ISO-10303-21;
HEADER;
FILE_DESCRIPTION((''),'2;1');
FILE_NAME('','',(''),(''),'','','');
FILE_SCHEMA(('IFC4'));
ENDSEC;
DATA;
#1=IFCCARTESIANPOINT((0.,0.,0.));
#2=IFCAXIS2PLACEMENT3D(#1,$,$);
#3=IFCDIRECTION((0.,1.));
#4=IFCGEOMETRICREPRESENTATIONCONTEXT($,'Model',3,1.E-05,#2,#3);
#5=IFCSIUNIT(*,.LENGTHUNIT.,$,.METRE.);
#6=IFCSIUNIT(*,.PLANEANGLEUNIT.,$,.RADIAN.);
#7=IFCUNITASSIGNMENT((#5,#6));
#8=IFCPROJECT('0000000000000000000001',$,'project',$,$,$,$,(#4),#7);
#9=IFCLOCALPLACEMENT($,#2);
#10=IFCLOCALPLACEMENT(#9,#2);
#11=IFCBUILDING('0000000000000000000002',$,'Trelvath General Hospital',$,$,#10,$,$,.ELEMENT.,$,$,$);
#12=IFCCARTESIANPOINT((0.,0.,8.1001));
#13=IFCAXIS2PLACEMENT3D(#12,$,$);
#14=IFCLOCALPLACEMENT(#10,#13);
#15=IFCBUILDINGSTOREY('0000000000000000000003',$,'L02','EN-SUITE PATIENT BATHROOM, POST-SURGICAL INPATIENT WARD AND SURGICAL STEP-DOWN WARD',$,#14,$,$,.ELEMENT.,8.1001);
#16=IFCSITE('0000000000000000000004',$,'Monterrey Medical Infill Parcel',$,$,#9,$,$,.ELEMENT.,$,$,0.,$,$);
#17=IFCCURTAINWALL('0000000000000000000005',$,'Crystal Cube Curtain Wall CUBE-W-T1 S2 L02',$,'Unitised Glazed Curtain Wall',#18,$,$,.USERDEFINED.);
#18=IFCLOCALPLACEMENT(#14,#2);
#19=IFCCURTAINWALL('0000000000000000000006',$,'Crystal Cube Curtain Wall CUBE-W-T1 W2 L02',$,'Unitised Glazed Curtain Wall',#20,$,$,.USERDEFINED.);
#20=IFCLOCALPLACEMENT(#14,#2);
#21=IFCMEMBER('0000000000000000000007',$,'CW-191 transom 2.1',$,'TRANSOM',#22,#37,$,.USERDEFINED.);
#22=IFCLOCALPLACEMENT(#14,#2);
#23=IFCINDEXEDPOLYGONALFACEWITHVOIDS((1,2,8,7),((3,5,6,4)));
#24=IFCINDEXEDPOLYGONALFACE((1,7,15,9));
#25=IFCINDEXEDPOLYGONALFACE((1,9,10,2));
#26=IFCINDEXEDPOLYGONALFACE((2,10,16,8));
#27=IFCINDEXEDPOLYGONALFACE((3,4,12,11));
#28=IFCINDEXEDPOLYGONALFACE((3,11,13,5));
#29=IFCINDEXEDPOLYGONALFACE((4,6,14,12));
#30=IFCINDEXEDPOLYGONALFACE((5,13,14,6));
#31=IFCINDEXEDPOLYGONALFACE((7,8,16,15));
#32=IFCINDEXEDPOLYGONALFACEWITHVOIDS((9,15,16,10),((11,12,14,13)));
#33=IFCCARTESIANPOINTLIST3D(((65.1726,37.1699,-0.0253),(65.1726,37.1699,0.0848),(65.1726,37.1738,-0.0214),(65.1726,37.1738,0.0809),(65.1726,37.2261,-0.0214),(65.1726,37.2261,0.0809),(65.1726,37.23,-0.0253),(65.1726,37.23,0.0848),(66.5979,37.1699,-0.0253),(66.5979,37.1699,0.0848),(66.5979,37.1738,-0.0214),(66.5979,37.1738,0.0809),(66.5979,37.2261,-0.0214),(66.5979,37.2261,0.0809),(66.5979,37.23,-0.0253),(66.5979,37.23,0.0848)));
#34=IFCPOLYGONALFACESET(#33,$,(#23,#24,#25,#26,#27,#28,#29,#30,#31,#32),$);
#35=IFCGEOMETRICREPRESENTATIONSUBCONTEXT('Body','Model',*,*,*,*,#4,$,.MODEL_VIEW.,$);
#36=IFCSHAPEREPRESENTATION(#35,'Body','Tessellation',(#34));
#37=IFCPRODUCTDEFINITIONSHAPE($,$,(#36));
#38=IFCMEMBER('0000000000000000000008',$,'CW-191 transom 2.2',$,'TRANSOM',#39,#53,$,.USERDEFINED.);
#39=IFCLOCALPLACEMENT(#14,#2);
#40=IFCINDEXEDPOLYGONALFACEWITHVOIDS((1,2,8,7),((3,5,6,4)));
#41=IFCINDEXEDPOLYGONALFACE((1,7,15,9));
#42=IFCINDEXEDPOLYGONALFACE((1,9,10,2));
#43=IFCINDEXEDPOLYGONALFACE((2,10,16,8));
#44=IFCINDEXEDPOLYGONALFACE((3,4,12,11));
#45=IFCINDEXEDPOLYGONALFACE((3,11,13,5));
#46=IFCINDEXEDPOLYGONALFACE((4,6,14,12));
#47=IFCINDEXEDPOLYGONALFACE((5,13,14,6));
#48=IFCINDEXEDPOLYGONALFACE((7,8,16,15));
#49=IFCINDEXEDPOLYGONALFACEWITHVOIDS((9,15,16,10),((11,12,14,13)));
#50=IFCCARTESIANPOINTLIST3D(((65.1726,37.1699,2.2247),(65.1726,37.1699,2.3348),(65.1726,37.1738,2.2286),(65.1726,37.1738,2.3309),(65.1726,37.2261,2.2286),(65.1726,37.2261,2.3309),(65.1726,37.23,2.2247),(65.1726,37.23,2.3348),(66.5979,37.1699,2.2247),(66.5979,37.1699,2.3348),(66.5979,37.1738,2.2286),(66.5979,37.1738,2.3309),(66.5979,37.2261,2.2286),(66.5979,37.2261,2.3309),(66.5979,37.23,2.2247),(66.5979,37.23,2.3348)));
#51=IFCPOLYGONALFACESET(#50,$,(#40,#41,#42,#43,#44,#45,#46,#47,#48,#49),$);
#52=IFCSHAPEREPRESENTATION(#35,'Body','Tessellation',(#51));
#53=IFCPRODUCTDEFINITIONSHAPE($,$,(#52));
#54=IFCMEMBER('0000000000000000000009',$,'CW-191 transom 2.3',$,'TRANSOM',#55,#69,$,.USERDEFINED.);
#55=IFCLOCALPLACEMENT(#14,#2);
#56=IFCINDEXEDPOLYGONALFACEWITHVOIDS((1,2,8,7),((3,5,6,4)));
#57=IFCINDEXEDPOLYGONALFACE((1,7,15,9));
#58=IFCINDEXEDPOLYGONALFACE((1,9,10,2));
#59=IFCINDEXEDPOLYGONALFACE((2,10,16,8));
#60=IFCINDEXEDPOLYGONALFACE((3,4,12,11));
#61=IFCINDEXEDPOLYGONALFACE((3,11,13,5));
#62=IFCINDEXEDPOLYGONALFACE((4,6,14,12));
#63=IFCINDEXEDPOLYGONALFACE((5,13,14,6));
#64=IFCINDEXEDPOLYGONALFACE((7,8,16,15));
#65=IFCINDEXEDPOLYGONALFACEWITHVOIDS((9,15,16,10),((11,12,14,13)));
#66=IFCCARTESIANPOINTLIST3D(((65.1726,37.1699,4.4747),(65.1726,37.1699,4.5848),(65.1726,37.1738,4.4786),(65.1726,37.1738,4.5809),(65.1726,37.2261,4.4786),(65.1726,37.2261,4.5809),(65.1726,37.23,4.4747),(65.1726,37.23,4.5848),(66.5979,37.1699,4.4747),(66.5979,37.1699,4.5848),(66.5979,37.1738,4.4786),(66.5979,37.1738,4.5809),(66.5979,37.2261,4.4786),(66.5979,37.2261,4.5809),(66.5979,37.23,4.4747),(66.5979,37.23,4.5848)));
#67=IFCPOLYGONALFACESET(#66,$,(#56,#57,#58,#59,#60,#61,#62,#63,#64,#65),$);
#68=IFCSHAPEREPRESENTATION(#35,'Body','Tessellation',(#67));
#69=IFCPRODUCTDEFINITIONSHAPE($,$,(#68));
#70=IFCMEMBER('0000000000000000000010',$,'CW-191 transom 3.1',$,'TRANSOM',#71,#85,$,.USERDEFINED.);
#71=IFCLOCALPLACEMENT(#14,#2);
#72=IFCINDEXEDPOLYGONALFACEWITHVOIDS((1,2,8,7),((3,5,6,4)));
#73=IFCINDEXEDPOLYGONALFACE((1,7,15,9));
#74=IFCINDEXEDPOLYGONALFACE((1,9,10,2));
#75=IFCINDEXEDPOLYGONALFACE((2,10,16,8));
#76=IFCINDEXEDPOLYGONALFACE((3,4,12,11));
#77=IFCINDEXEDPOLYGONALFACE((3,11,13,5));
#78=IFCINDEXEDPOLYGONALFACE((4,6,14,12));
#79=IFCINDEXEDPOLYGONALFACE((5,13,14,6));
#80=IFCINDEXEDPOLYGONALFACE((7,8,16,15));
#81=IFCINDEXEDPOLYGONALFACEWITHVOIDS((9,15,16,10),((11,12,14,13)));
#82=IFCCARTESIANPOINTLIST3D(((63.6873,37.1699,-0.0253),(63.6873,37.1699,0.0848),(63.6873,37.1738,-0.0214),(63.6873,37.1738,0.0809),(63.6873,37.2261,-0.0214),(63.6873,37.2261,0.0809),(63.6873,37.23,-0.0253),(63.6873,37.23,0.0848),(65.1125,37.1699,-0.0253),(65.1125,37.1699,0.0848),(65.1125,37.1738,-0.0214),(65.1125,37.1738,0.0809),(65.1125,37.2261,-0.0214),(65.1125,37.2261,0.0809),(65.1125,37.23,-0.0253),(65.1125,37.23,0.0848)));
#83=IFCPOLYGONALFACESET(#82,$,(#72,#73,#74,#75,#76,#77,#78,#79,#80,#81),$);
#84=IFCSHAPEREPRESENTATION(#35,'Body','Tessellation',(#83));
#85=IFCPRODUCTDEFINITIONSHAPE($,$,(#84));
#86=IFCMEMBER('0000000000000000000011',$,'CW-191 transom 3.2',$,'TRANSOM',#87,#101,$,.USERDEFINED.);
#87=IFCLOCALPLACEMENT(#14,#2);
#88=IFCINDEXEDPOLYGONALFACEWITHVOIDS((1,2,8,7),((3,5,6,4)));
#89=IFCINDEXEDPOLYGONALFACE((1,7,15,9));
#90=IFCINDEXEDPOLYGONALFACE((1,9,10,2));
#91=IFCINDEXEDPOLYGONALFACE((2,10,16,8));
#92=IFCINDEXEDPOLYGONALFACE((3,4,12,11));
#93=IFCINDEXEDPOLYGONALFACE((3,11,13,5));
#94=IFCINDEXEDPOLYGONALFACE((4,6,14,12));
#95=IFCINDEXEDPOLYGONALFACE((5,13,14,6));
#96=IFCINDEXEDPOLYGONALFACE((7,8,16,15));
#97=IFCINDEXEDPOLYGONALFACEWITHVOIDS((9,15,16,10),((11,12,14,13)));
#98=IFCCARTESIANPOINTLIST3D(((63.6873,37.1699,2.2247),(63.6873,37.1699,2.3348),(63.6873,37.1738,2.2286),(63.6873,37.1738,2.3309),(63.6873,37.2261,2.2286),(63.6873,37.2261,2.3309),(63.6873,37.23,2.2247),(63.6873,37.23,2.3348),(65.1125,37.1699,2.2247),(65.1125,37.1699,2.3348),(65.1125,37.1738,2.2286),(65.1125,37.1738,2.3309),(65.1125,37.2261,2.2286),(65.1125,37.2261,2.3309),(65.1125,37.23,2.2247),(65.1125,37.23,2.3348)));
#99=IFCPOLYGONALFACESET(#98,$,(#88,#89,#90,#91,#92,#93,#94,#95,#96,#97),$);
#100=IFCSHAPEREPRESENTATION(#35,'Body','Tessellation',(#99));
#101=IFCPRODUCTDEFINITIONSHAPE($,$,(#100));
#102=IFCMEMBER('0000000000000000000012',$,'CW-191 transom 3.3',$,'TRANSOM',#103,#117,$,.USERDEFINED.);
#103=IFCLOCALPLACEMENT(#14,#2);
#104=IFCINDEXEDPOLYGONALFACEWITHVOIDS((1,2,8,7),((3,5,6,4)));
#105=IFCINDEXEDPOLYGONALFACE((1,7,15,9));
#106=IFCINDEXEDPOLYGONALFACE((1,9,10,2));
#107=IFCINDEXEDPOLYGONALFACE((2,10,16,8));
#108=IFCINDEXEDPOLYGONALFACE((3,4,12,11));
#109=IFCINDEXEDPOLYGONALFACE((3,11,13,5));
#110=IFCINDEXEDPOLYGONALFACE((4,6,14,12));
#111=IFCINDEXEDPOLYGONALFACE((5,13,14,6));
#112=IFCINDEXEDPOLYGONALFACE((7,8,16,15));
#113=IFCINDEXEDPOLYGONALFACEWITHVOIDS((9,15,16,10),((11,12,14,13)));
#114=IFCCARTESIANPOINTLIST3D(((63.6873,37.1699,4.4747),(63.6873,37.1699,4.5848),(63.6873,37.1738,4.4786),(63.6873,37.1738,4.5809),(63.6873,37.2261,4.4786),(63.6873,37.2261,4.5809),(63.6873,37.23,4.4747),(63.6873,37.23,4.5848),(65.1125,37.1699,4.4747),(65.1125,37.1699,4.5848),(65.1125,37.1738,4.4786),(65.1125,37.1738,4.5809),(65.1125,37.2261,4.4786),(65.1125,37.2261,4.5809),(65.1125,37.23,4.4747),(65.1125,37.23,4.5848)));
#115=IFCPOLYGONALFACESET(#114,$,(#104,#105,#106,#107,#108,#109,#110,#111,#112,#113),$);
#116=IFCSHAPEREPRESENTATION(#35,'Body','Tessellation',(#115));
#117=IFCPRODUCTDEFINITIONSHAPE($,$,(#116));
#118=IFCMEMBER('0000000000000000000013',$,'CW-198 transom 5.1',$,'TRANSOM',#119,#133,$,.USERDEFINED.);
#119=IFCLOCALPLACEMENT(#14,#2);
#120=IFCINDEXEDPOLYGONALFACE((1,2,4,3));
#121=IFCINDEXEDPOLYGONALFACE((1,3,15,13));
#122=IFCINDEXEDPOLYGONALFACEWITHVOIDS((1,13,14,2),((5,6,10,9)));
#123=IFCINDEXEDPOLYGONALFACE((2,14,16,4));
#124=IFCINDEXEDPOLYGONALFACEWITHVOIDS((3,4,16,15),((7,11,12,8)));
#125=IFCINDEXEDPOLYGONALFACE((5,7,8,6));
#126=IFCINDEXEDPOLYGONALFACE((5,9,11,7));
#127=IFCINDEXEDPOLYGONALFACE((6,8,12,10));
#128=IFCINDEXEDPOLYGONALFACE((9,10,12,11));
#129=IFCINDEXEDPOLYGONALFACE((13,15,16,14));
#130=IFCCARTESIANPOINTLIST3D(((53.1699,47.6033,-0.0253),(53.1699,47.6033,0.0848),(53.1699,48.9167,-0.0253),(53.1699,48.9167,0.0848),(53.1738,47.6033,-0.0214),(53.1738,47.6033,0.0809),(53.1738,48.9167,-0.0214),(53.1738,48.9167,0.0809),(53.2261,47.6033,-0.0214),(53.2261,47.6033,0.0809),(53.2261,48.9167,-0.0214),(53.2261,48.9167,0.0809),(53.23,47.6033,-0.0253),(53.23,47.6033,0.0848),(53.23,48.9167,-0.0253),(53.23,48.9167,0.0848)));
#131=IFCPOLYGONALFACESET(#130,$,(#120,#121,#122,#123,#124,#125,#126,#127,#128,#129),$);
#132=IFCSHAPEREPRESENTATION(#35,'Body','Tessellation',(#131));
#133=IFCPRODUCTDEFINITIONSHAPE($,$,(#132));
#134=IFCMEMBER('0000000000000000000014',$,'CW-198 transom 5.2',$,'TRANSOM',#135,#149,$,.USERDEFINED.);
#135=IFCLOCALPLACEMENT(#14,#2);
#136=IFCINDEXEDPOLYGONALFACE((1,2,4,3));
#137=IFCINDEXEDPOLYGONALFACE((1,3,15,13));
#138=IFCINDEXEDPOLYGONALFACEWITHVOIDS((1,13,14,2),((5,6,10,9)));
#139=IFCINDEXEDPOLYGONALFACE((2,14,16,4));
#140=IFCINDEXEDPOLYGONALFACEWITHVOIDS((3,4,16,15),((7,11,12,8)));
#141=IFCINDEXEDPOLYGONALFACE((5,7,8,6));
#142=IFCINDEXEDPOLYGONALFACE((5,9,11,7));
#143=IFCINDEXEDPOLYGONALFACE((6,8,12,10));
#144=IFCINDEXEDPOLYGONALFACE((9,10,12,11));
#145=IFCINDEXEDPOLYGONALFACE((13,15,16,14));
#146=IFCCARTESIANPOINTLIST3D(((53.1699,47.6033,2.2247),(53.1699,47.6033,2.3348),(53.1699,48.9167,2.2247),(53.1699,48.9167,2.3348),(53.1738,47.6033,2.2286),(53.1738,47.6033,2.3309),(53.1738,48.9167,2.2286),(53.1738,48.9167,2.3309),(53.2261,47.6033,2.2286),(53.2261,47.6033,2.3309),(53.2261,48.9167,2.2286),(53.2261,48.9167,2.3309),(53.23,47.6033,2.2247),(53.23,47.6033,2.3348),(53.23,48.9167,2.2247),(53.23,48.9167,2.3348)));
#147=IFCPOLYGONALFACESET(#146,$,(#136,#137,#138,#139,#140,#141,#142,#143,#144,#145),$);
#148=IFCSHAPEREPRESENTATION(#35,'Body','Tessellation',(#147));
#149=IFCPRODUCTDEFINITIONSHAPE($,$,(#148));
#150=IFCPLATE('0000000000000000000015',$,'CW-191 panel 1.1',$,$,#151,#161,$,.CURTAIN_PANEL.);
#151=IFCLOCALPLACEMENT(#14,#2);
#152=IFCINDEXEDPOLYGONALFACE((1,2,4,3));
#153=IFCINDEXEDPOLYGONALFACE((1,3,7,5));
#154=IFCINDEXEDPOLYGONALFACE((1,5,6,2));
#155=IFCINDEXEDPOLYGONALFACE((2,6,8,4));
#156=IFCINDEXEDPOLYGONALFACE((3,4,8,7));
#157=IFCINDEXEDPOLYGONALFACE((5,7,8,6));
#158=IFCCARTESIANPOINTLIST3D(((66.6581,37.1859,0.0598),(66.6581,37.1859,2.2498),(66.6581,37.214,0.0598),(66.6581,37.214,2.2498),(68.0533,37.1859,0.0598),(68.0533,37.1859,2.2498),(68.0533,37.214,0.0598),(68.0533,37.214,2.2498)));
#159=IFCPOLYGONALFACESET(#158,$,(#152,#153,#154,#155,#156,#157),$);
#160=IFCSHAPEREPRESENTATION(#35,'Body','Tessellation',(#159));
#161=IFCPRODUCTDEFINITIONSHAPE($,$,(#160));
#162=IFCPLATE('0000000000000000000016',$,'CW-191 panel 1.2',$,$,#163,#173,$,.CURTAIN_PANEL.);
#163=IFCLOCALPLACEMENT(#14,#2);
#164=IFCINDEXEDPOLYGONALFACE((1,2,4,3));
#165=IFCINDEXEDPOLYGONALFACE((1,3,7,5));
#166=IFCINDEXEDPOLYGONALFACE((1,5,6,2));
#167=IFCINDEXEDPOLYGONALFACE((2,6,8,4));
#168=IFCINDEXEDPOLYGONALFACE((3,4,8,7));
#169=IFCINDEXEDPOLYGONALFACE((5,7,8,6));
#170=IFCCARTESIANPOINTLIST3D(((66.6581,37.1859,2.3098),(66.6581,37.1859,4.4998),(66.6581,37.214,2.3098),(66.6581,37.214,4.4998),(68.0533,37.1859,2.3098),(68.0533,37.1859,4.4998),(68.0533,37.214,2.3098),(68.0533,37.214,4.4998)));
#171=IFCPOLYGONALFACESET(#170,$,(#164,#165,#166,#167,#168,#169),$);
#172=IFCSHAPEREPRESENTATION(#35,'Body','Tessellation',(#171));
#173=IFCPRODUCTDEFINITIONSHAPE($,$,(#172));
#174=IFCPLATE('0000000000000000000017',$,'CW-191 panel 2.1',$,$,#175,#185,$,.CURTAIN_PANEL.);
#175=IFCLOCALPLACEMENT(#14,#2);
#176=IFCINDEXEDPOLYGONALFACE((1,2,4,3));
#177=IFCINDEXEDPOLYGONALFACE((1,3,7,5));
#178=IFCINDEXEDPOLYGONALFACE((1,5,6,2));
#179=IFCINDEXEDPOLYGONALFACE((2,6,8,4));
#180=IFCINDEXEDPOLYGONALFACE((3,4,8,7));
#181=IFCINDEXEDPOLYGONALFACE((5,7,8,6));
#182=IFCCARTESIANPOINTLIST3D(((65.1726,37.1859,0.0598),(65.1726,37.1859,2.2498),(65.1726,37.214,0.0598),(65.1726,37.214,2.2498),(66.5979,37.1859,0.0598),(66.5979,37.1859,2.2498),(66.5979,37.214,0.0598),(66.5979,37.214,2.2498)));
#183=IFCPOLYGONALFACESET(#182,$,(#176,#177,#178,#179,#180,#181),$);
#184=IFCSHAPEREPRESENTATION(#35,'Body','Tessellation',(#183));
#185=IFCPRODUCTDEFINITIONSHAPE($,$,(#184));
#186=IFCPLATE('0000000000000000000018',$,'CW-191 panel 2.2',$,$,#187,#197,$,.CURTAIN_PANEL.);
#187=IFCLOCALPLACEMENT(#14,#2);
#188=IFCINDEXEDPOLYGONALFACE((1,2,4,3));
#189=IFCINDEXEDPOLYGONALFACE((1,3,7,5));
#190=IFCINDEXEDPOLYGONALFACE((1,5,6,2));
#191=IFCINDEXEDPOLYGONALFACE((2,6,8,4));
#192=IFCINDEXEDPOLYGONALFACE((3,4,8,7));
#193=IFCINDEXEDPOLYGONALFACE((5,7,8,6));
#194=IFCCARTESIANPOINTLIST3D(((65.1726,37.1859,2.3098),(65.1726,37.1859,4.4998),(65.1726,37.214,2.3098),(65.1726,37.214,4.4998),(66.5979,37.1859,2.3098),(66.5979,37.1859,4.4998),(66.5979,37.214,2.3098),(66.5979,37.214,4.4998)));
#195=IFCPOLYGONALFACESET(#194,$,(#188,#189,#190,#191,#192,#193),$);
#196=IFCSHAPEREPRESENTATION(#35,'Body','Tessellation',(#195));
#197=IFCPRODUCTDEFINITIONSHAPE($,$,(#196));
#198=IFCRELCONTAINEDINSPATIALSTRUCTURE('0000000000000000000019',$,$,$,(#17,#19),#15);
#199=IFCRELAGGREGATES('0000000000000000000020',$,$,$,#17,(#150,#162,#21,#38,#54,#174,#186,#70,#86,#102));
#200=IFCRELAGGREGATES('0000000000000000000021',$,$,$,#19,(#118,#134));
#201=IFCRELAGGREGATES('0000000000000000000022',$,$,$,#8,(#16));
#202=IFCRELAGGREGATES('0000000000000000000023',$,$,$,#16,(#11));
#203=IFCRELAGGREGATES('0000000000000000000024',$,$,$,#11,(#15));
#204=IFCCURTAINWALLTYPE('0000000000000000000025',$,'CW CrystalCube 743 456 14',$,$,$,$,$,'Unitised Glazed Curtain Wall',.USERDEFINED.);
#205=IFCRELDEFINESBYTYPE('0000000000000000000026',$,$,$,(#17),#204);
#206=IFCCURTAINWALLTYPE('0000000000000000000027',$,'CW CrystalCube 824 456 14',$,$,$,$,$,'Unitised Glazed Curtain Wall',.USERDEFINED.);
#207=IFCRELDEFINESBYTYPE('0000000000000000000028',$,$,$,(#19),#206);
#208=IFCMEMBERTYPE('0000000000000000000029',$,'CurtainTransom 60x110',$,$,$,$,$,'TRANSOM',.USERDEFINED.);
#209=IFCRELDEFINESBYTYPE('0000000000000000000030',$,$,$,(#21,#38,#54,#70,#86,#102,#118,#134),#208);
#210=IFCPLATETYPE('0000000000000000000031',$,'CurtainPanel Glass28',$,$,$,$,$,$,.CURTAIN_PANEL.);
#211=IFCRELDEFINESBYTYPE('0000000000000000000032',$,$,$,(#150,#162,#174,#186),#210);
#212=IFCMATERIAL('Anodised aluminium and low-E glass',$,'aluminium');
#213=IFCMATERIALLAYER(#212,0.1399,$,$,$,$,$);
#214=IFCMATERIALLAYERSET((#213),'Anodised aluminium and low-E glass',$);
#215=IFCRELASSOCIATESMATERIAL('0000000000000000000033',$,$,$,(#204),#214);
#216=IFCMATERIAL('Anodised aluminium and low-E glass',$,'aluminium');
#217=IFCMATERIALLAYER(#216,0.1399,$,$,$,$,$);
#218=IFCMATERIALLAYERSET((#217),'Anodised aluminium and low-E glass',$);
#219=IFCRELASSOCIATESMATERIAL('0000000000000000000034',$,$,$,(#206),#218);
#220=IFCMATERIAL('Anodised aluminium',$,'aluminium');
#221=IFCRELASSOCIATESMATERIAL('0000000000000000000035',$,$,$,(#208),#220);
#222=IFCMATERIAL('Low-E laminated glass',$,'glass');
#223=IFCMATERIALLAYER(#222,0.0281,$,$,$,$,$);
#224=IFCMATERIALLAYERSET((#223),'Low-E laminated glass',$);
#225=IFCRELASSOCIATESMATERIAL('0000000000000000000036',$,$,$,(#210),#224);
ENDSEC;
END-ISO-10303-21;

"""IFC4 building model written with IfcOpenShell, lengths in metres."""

from ifc_helpers import new_model, si_unit, direction, frame, origin, origin_2d, place, context, subcontext, project, spatial, rectangle, hollow_rectangle, extrude, material, layer, layer_set, material_profile, profile_set, type_object, element, aggregate, save


model = new_model("IFC4")

# Units and contexts
model_context = context("Model", 3, precision=1e-05, world=origin(), true_north=direction((0.0, 1.0)))
body_context = subcontext(model_context, "Body", "Model", "MODEL_VIEW")
ifc_project = project(units=[si_unit("LENGTHUNIT", "METRE"), si_unit("PLANEANGLEUNIT", "RADIAN")], contexts=[model_context])

# Site, building, storey
site_placement = place(None, origin())
site = spatial("IfcSite", under=ifc_project, at=site_placement, Name="Monterrey Medical Infill Parcel", CompositionType="ELEMENT", RefElevation=0.0)
building_placement = place(site_placement, origin())
building = spatial("IfcBuilding", under=site, at=building_placement, Name="Trelvath General Hospital", CompositionType="ELEMENT")
storey_placement = place(building_placement, frame((0.0, 0.0, 8.1001)))
storey = spatial("IfcBuildingStorey", under=building, at=storey_placement, Name="L02", Description="EN-SUITE PATIENT BATHROOM, POST-SURGICAL INPATIENT WARD AND SURGICAL STEP-DOWN WARD", CompositionType="ELEMENT", Elevation=8.1001)

# Curtain wall
ifc_material_1 = material(Name="Anodised aluminium and low-E glass", Category="aluminium")
ifc_layer_1 = layer(ifc_material_1, 0.1399)
ifc_layer_set_1 = layer_set([ifc_layer_1], Name="Anodised aluminium and low-E glass")
curtain_wall_type_1 = type_object("IfcCurtainWallType", Name="CW CrystalCube 743 456 14", ElementType="Unitised Glazed Curtain Wall", PredefinedType="USERDEFINED", material=ifc_layer_set_1)
curtain_wall_1_placement = place(storey_placement, origin())
curtain_wall_1 = element("IfcCurtainWall", 1, at=curtain_wall_1_placement, inside=storey, type_object=curtain_wall_type_1, Name="Crystal Cube Curtain Wall CUBE-W-T1 S2 L02", ObjectType="Unitised Glazed Curtain Wall", PredefinedType="USERDEFINED")

# Curtain wall
ifc_material_2 = material(Name="Anodised aluminium and low-E glass", Category="aluminium")
ifc_layer_2 = layer(ifc_material_2, 0.1399)
ifc_layer_set_2 = layer_set([ifc_layer_2], Name="Anodised aluminium and low-E glass")
curtain_wall_type_2 = type_object("IfcCurtainWallType", Name="CW CrystalCube 824 456 14", ElementType="Unitised Glazed Curtain Wall", PredefinedType="USERDEFINED", material=ifc_layer_set_2)
curtain_wall_2_placement = place(storey_placement, origin())
curtain_wall_2 = element("IfcCurtainWall", 2, at=curtain_wall_2_placement, inside=storey, type_object=curtain_wall_type_2, Name="Crystal Cube Curtain Wall CUBE-W-T1 W2 L02", ObjectType="Unitised Glazed Curtain Wall", PredefinedType="USERDEFINED")

# Members
ifc_material_3 = material(Name="Anodised aluminium", Category="aluminium")
ifc_material_profile_1 = material_profile(ifc_material_3, hollow_rectangle(XDim=0.0601, YDim=0.1101, WallThickness=0.0039, at=origin_2d()), Name="RHS60x110x4")
ifc_profile_set_1 = profile_set([ifc_material_profile_1], Name="Anodised aluminium")
member_type_1 = type_object("IfcMemberType", Name="CurtainTransom 60x110", ElementType="TRANSOM", PredefinedType="USERDEFINED", material=ifc_profile_set_1)
member_1_placement = place(storey_placement, frame((66.5979, 37.2, 0.0298), z_axis=(-1.0, 0.0, 0.0), x_axis=(0.0, -1.0, 0.0)))
member_1 = element("IfcMember", 3, at=member_1_placement, type_object=member_type_1, Name="CW-191 transom 2.1", ObjectType="TRANSOM", PredefinedType="USERDEFINED", context=body_context, shape_type="SweptSolid", body=[
    extrude(hollow_rectangle(XDim=0.0601, YDim=0.1101, WallThickness=0.0039, at=origin_2d()), origin(), (0.0, 0.0, 1.0), 1.4253),
])
member_2_placement = place(storey_placement, frame((66.5979, 37.2, 2.2798), z_axis=(-1.0, 0.0, 0.0), x_axis=(0.0, -1.0, 0.0)))
member_2 = element("IfcMember", 4, at=member_2_placement, type_object=member_type_1, Name="CW-191 transom 2.2", ObjectType="TRANSOM", PredefinedType="USERDEFINED", context=body_context, shape_type="SweptSolid", body=[
    extrude(hollow_rectangle(XDim=0.0601, YDim=0.1101, WallThickness=0.0039, at=origin_2d()), origin(), (0.0, 0.0, 1.0), 1.4253),
])
member_3_placement = place(storey_placement, frame((66.5979, 37.2, 4.5298), z_axis=(-1.0, 0.0, 0.0), x_axis=(0.0, -1.0, 0.0)))
member_3 = element("IfcMember", 5, at=member_3_placement, type_object=member_type_1, Name="CW-191 transom 2.3", ObjectType="TRANSOM", PredefinedType="USERDEFINED", context=body_context, shape_type="SweptSolid", body=[
    extrude(hollow_rectangle(XDim=0.0601, YDim=0.1101, WallThickness=0.0039, at=origin_2d()), origin(), (0.0, 0.0, 1.0), 1.4253),
])
member_4_placement = place(storey_placement, frame((65.1125, 37.2, 0.0298), z_axis=(-1.0, 0.0, 0.0), x_axis=(0.0, -1.0, 0.0)))
member_4 = element("IfcMember", 6, at=member_4_placement, type_object=member_type_1, Name="CW-191 transom 3.1", ObjectType="TRANSOM", PredefinedType="USERDEFINED", context=body_context, shape_type="SweptSolid", body=[
    extrude(hollow_rectangle(XDim=0.0601, YDim=0.1101, WallThickness=0.0039, at=origin_2d()), origin(), (0.0, 0.0, 1.0), 1.4253),
])
member_5_placement = place(storey_placement, frame((65.1125, 37.2, 2.2798), z_axis=(-1.0, 0.0, 0.0), x_axis=(0.0, -1.0, 0.0)))
member_5 = element("IfcMember", 7, at=member_5_placement, type_object=member_type_1, Name="CW-191 transom 3.2", ObjectType="TRANSOM", PredefinedType="USERDEFINED", context=body_context, shape_type="SweptSolid", body=[
    extrude(hollow_rectangle(XDim=0.0601, YDim=0.1101, WallThickness=0.0039, at=origin_2d()), origin(), (0.0, 0.0, 1.0), 1.4253),
])
member_6_placement = place(storey_placement, frame((65.1125, 37.2, 4.5298), z_axis=(-1.0, 0.0, 0.0), x_axis=(0.0, -1.0, 0.0)))
member_6 = element("IfcMember", 8, at=member_6_placement, type_object=member_type_1, Name="CW-191 transom 3.3", ObjectType="TRANSOM", PredefinedType="USERDEFINED", context=body_context, shape_type="SweptSolid", body=[
    extrude(hollow_rectangle(XDim=0.0601, YDim=0.1101, WallThickness=0.0039, at=origin_2d()), origin(), (0.0, 0.0, 1.0), 1.4253),
])
member_7_placement = place(storey_placement, frame((53.2, 47.6033, 0.0298), z_axis=(0.0, 1.0, 0.0), x_axis=(-1.0, 0.0, 0.0)))
member_7 = element("IfcMember", 9, at=member_7_placement, type_object=member_type_1, Name="CW-198 transom 5.1", ObjectType="TRANSOM", PredefinedType="USERDEFINED", context=body_context, shape_type="SweptSolid", body=[
    extrude(hollow_rectangle(XDim=0.0601, YDim=0.1101, WallThickness=0.0039, at=origin_2d()), origin(), (0.0, 0.0, 1.0), 1.3135),
])
member_8_placement = place(storey_placement, frame((53.2, 47.6033, 2.2798), z_axis=(0.0, 1.0, 0.0), x_axis=(-1.0, 0.0, 0.0)))
member_8 = element("IfcMember", 10, at=member_8_placement, type_object=member_type_1, Name="CW-198 transom 5.2", ObjectType="TRANSOM", PredefinedType="USERDEFINED", context=body_context, shape_type="SweptSolid", body=[
    extrude(hollow_rectangle(XDim=0.0601, YDim=0.1101, WallThickness=0.0039, at=origin_2d()), origin(), (0.0, 0.0, 1.0), 1.3135),
])

# Plates
ifc_material_4 = material(Name="Low-E laminated glass", Category="glass")
ifc_layer_3 = layer(ifc_material_4, 0.0281)
ifc_layer_set_3 = layer_set([ifc_layer_3], Name="Low-E laminated glass")
plate_type = type_object("IfcPlateType", Name="CurtainPanel Glass28", PredefinedType="CURTAIN_PANEL", material=ifc_layer_set_3)
plate_1_placement = place(storey_placement, frame((67.3557, 37.2, 0.0598), z_axis=(0.0, 0.0, 1.0), x_axis=(-1.0, 0.0, 0.0)))
plate_1 = element("IfcPlate", 11, at=plate_1_placement, type_object=plate_type, Name="CW-191 panel 1.1", PredefinedType="CURTAIN_PANEL", context=body_context, shape_type="SweptSolid", body=[
    extrude(rectangle(XDim=1.3953, YDim=0.0281, at=origin_2d()), origin(), (0.0, 0.0, 1.0), 2.1899),
])
plate_2_placement = place(storey_placement, frame((67.3557, 37.2, 2.3098), z_axis=(0.0, 0.0, 1.0), x_axis=(-1.0, 0.0, 0.0)))
plate_2 = element("IfcPlate", 12, at=plate_2_placement, type_object=plate_type, Name="CW-191 panel 1.2", PredefinedType="CURTAIN_PANEL", context=body_context, shape_type="SweptSolid", body=[
    extrude(rectangle(XDim=1.3953, YDim=0.0281, at=origin_2d()), origin(), (0.0, 0.0, 1.0), 2.1899),
])
plate_3_placement = place(storey_placement, frame((65.8853, 37.2, 0.0598), z_axis=(0.0, 0.0, 1.0), x_axis=(-1.0, 0.0, 0.0)))
plate_3 = element("IfcPlate", 13, at=plate_3_placement, type_object=plate_type, Name="CW-191 panel 2.1", PredefinedType="CURTAIN_PANEL", context=body_context, shape_type="SweptSolid", body=[
    extrude(rectangle(XDim=1.4253, YDim=0.0281, at=origin_2d()), origin(), (0.0, 0.0, 1.0), 2.1899),
])
plate_4_placement = place(storey_placement, frame((65.8853, 37.2, 2.3098), z_axis=(0.0, 0.0, 1.0), x_axis=(-1.0, 0.0, 0.0)))
plate_4 = element("IfcPlate", 14, at=plate_4_placement, type_object=plate_type, Name="CW-191 panel 2.2", PredefinedType="CURTAIN_PANEL", context=body_context, shape_type="SweptSolid", body=[
    extrude(rectangle(XDim=1.4253, YDim=0.0281, at=origin_2d()), origin(), (0.0, 0.0, 1.0), 2.1899),
])
aggregate(curtain_wall_1, [plate_1, plate_2, member_1, member_2, member_3, plate_3, plate_4, member_4, member_5, member_6])
aggregate(curtain_wall_2, [member_7, member_8])

save(model, "model.ifc")
